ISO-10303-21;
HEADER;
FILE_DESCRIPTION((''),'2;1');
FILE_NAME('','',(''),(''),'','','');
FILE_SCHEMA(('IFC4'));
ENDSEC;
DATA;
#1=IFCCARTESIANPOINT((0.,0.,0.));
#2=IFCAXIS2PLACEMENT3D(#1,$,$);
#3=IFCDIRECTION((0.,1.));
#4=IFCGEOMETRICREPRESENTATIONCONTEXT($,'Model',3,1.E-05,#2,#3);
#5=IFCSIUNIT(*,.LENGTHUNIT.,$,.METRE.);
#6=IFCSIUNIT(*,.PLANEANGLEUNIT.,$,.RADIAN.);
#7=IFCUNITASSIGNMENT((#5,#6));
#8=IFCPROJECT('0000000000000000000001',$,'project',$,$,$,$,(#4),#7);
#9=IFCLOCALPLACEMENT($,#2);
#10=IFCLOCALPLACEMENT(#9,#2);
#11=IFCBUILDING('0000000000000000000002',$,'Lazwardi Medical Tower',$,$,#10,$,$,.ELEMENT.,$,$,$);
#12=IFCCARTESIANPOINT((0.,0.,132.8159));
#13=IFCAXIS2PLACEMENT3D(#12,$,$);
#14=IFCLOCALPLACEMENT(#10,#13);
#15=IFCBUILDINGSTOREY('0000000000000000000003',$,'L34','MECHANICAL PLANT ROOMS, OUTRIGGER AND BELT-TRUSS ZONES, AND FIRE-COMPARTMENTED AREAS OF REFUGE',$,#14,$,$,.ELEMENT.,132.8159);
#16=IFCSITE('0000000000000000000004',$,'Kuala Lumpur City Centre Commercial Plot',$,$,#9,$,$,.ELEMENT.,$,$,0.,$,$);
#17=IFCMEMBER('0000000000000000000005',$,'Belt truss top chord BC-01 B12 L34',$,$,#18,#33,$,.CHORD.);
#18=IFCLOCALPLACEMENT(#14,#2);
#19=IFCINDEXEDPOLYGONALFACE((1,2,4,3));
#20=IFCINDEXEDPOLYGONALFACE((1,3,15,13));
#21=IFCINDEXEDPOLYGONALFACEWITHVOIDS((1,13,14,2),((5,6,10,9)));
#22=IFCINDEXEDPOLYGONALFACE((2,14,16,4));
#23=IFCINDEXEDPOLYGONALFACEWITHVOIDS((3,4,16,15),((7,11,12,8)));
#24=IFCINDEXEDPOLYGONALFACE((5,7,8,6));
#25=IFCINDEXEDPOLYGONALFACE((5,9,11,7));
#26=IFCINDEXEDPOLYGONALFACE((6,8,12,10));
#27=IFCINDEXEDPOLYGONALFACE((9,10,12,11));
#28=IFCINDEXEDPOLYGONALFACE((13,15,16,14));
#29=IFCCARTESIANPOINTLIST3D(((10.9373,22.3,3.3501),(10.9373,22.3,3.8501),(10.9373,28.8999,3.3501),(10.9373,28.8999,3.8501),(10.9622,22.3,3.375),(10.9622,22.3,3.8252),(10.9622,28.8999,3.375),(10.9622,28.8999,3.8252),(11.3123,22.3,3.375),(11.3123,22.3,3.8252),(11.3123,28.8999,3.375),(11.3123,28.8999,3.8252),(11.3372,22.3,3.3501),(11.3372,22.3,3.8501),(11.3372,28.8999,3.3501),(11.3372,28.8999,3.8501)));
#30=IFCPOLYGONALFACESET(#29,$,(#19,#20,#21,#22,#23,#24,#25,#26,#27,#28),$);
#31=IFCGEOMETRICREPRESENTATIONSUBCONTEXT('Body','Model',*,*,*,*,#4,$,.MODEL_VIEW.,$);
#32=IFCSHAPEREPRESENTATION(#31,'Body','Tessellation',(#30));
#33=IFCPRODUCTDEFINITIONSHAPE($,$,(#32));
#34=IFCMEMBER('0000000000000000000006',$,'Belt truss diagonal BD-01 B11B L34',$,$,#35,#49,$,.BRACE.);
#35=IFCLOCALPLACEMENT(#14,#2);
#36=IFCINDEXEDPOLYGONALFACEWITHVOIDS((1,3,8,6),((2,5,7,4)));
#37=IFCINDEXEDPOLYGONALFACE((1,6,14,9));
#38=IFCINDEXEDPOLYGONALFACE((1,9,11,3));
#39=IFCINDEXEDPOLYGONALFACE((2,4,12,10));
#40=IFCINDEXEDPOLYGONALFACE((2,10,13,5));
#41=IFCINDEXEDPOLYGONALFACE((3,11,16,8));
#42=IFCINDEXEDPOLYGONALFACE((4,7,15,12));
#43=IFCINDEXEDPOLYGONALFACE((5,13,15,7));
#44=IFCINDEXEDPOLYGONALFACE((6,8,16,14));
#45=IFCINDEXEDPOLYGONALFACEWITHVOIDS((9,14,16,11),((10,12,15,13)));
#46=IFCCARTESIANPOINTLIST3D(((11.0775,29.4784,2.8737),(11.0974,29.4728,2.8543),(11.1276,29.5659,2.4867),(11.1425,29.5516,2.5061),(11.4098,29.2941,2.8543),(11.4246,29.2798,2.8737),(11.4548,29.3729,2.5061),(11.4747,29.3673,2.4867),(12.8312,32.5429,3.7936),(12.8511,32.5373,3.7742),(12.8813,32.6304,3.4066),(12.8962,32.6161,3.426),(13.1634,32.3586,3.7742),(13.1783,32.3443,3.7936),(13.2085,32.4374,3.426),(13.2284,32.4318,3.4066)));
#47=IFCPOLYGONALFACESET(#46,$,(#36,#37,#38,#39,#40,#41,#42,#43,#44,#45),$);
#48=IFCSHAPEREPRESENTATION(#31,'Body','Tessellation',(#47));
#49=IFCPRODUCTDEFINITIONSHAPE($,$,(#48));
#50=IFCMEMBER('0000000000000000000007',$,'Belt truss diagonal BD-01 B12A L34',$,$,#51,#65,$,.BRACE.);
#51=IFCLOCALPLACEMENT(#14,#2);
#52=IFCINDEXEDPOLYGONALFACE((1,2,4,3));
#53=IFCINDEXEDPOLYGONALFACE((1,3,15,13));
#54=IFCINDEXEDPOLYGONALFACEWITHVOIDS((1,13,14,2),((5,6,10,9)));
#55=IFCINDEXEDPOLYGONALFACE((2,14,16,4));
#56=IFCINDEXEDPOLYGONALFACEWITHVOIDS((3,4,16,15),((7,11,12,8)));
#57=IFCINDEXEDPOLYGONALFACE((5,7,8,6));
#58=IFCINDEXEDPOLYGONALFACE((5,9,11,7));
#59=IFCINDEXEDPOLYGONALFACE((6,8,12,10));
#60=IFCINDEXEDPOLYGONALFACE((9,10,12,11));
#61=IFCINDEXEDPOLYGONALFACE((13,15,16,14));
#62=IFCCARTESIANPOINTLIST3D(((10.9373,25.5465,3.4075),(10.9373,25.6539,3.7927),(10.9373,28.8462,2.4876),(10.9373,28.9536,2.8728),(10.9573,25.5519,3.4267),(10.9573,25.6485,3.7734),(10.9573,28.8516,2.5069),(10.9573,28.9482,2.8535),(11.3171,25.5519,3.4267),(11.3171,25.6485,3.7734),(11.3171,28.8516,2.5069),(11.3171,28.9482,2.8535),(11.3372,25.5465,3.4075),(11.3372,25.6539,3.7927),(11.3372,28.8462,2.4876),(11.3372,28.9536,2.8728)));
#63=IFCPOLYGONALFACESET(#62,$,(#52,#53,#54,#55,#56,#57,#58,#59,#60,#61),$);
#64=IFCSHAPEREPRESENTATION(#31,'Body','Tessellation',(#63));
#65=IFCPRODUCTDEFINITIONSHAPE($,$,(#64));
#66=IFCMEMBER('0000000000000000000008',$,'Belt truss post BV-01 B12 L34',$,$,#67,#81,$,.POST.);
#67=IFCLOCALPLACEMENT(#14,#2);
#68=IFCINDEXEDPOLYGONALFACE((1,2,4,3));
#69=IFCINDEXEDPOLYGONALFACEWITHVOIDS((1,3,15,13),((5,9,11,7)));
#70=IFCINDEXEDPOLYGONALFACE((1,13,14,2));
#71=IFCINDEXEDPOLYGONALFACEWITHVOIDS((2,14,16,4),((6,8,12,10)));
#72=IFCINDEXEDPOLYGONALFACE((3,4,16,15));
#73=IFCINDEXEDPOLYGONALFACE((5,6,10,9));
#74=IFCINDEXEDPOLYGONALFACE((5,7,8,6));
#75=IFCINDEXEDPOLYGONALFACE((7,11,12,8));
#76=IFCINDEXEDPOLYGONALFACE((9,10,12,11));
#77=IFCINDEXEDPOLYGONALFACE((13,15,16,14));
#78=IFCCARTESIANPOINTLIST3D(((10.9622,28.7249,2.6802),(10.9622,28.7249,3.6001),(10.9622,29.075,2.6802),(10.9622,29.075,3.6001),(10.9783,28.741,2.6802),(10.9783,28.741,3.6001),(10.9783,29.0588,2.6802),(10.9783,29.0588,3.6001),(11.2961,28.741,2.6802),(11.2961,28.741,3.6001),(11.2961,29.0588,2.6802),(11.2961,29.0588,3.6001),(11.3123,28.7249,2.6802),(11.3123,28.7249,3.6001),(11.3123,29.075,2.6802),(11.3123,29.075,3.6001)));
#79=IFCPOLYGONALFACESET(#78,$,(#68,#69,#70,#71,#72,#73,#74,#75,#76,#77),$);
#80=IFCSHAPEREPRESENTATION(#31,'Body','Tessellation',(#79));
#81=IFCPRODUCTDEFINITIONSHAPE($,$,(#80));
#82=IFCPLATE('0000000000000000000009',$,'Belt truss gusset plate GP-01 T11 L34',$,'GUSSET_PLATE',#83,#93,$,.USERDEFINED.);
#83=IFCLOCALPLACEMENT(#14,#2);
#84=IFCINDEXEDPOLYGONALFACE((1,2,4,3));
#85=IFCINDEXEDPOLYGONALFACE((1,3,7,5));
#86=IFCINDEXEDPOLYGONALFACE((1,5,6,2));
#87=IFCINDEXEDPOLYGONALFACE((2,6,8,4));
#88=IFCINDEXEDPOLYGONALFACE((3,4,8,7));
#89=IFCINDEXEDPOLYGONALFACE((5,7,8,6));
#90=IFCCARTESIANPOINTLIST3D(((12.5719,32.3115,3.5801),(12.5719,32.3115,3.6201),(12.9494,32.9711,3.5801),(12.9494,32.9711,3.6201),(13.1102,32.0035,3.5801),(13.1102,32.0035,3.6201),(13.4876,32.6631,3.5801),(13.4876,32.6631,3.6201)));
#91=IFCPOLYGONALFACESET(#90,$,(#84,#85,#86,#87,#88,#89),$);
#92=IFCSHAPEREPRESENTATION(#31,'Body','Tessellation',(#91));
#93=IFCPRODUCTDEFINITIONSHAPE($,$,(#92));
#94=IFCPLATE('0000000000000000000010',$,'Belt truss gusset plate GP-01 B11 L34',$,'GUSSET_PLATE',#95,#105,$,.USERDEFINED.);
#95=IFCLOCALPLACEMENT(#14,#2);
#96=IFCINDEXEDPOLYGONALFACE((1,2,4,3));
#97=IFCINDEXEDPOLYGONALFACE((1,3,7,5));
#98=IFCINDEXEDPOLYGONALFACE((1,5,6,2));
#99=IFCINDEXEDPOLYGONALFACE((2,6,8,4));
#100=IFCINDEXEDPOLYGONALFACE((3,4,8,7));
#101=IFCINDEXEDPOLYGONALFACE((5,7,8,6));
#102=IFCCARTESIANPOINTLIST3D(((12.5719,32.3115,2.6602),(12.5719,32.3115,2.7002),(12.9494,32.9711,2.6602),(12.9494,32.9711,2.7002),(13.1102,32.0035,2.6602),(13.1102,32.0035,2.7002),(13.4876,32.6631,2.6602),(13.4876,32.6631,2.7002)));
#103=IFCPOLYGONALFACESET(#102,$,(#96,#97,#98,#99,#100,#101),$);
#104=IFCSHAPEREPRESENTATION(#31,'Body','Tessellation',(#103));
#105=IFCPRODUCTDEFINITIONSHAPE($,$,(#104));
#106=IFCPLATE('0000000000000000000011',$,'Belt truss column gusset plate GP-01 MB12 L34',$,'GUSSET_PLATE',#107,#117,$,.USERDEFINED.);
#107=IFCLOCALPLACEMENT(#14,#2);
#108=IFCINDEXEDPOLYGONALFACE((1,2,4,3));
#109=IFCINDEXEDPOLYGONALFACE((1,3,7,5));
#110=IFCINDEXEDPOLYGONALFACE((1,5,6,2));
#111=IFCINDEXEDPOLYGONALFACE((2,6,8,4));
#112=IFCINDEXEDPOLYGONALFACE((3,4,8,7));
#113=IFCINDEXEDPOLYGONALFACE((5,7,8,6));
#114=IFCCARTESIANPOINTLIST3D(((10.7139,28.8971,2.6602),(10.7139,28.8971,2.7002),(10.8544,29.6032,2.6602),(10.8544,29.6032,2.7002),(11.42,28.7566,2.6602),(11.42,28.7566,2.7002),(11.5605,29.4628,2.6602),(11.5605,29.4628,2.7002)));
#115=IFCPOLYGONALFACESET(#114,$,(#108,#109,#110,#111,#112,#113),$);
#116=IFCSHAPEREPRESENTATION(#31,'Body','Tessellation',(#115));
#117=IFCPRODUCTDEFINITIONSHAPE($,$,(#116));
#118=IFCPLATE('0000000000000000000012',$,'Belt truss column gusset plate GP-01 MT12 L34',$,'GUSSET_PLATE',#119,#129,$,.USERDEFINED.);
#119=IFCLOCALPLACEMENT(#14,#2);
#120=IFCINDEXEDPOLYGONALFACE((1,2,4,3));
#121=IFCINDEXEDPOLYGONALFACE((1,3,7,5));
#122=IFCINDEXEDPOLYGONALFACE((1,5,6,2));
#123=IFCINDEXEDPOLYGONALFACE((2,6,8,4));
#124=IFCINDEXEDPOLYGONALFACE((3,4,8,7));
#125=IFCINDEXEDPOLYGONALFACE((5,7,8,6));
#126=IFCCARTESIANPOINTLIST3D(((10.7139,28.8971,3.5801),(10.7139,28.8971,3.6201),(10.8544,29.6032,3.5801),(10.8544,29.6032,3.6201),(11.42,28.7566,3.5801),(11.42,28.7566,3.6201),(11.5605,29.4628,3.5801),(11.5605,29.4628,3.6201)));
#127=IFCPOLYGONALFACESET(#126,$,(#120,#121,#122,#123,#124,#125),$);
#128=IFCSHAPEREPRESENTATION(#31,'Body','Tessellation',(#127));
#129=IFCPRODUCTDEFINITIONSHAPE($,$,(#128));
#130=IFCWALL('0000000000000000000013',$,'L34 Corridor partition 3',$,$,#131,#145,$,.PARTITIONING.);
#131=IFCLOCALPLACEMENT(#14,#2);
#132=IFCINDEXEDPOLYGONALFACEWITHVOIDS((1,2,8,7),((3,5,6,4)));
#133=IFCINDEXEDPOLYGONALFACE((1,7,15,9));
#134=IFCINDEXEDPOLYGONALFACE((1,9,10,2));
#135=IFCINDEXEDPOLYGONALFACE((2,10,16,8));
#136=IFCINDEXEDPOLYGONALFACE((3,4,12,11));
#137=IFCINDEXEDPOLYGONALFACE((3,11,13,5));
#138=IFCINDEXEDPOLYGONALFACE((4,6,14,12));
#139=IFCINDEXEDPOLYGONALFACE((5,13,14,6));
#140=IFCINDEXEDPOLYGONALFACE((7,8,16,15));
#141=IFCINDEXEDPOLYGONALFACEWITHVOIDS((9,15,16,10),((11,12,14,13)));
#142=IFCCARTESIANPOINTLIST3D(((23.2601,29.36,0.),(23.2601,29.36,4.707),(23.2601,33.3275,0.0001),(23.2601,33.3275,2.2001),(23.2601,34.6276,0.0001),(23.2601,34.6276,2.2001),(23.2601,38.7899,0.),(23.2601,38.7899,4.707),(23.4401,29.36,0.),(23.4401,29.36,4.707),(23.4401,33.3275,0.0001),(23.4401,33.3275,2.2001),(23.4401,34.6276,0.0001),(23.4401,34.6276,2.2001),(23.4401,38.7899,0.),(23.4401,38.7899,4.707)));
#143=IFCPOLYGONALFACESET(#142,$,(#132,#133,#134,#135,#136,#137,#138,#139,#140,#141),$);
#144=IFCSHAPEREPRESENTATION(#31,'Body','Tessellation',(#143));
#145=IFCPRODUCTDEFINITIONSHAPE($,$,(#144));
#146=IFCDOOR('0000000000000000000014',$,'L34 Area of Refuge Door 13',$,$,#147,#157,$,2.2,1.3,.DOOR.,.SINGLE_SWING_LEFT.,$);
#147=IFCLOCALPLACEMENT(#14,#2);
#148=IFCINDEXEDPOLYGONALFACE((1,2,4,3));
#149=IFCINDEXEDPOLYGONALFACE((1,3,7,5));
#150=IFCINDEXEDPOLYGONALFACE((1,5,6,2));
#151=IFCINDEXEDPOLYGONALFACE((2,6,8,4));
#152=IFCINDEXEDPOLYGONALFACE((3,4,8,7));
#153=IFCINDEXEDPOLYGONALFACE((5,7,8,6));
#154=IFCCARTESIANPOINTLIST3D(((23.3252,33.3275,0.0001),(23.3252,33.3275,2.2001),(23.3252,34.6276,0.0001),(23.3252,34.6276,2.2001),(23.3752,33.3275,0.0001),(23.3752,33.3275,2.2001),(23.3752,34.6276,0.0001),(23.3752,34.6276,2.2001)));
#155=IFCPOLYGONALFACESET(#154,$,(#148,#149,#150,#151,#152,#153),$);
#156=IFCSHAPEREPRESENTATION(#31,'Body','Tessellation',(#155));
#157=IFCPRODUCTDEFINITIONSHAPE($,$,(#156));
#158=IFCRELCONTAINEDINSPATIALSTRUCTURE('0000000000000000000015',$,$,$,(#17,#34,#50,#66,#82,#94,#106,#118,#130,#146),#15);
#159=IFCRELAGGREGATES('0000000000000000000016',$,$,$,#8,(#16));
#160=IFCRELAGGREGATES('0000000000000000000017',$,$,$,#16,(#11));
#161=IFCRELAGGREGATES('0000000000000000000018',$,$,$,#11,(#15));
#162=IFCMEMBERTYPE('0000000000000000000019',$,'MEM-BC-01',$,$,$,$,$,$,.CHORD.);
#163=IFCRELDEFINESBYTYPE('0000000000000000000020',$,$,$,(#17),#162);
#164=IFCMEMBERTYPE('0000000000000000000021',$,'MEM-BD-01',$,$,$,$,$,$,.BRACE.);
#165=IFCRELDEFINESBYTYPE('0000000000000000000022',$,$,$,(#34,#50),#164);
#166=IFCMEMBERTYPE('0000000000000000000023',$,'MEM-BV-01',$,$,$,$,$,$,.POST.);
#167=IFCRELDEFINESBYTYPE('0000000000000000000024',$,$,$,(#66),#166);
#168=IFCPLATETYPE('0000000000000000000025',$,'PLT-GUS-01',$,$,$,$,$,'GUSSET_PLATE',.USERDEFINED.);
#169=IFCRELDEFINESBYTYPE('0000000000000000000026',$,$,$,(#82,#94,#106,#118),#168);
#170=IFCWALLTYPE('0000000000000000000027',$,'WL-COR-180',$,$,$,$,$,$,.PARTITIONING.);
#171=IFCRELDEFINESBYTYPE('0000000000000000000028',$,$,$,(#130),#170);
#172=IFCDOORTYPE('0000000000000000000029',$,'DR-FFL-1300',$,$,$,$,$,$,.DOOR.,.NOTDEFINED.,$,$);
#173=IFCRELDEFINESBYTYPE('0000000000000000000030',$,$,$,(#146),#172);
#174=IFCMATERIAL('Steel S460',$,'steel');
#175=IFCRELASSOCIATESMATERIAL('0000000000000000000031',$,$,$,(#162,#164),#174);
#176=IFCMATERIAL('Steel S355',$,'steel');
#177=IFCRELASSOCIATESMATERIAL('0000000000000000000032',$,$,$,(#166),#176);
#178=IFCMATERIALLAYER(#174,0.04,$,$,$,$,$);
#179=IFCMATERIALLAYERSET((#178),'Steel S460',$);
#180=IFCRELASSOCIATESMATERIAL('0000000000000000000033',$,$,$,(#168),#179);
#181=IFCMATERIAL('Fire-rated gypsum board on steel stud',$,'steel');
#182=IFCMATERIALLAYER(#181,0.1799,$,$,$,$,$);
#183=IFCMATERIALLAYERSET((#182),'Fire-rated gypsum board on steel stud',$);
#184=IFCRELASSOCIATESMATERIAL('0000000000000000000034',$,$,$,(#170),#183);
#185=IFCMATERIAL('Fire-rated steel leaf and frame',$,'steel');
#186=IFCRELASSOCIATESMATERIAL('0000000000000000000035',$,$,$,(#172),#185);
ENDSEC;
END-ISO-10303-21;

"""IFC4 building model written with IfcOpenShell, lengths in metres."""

from ifc_helpers import new_model, si_unit, direction, frame, frame_2d, origin, origin_2d, place, context, subcontext, project, spatial, rectangle, hollow_rectangle, extrude, material, layer, layer_set, material_profile, profile_set, type_object, element, fill, save


model = new_model("IFC4")

# Units and contexts
model_context = context("Model", 3, precision=1e-05, world=origin(), true_north=direction((0.0, 1.0)))
body_context = subcontext(model_context, "Body", "Model", "MODEL_VIEW")
ifc_project = project(units=[si_unit("LENGTHUNIT", "METRE"), si_unit("PLANEANGLEUNIT", "RADIAN")], contexts=[model_context])

# Site, building, storey
site_placement = place(None, origin())
site = spatial("IfcSite", under=ifc_project, at=site_placement, Name="Kuala Lumpur City Centre Commercial Plot", CompositionType="ELEMENT", RefElevation=0.0)
building_placement = place(site_placement, origin())
building = spatial("IfcBuilding", under=site, at=building_placement, Name="Lazwardi Medical Tower", CompositionType="ELEMENT")
storey_placement = place(building_placement, frame((0.0, 0.0, 132.8159)))
storey = spatial("IfcBuildingStorey", under=building, at=storey_placement, Name="L34", Description="MECHANICAL PLANT ROOMS, OUTRIGGER AND BELT-TRUSS ZONES, AND FIRE-COMPARTMENTED AREAS OF REFUGE", CompositionType="ELEMENT", Elevation=132.8159)

# Shared definitions
ifc_material_1 = material(Name="Steel S460", Category="steel")
ifc_material_2 = material(Name="Steel S355", Category="steel")

# Members
ifc_material_profile_1 = material_profile(ifc_material_1, hollow_rectangle(XDim=0.3999, YDim=0.5, WallThickness=0.0249, at=origin_2d()), Name="RHS 500x400x25")
ifc_profile_set_1 = profile_set([ifc_material_profile_1], Name="Steel S460")
member_type_1 = type_object("IfcMemberType", Name="MEM-BC-01", PredefinedType="CHORD", material=ifc_profile_set_1)
for number, where, z_axis, x_axis, name in (
    (1, (11.1372, 28.8999, 3.6001), (0.0, -1.0, 0.0), (1.0, 0.0, 0.0), "Belt truss top chord BC-01 B12 L34"),
):
    element("IfcMember", number, at=place(storey_placement, frame(where, z_axis=z_axis, x_axis=x_axis)), inside=storey, type_object=member_type_1, Name=name, PredefinedType="CHORD", context=body_context, shape_type="SweptSolid", body=[
        extrude(hollow_rectangle(XDim=0.3999, YDim=0.5, WallThickness=0.0249, at=origin_2d()), origin(), (0.0, 0.0, 1.0), 6.5999),
    ])
ifc_material_profile_2 = material_profile(ifc_material_1, hollow_rectangle(XDim=0.3999, YDim=0.3999, WallThickness=0.02, at=origin_2d()), Name="RHS 400x400x20")
ifc_profile_set_2 = profile_set([ifc_material_profile_2], Name="Steel S460")
member_type_2 = type_object("IfcMemberType", Name="MEM-BD-01", PredefinedType="BRACE", material=ifc_profile_set_2)
member_1_placement = place(storey_placement, frame((11.2761, 29.4229, 2.6802), z_axis=(0.480637, 0.839893, 0.252128), x_axis=(-0.867932, 0.496682, 0.0)))
element("IfcMember", 2, at=member_1_placement, inside=storey, type_object=member_type_2, Name="Belt truss diagonal BD-01 B11B L34", PredefinedType="BRACE", context=body_context, shape_type="SweptSolid", body=[
    extrude(hollow_rectangle(XDim=0.3999, YDim=0.3999, WallThickness=0.02, at=origin_2d()), origin(), (0.0, 0.0, 1.0), 3.6487),
])
member_2_placement = place(storey_placement, frame((11.1372, 28.8999, 2.6802), z_axis=(0.0, -0.963268, 0.268541), x_axis=(1.0, 0.0, 0.0)))
element("IfcMember", 3, at=member_2_placement, inside=storey, type_object=member_type_2, Name="Belt truss diagonal BD-01 B12A L34", PredefinedType="BRACE", context=body_context, shape_type="SweptSolid", body=[
    extrude(hollow_rectangle(XDim=0.3999, YDim=0.3999, WallThickness=0.02, at=origin_2d()), origin(), (0.0, 0.0, 1.0), 3.4255),
])
ifc_material_profile_3 = material_profile(ifc_material_2, hollow_rectangle(XDim=0.3501, YDim=0.3501, WallThickness=0.0161, at=origin_2d()), Name="RHS 350x350x16")
ifc_profile_set_3 = profile_set([ifc_material_profile_3], Name="Steel S355")
member_type_3 = type_object("IfcMemberType", Name="MEM-BV-01", PredefinedType="POST", material=ifc_profile_set_3)
member_3_placement = place(storey_placement, frame((11.1372, 28.8999, 2.6802), z_axis=(0.0, 0.0, 1.0), x_axis=(1.0, 0.0, 0.0)))
element("IfcMember", 4, at=member_3_placement, inside=storey, type_object=member_type_3, Name="Belt truss post BV-01 B12 L34", PredefinedType="POST", context=body_context, shape_type="SweptSolid", body=[
    extrude(hollow_rectangle(XDim=0.3501, YDim=0.3501, WallThickness=0.0161, at=origin_2d()), origin(), (0.0, 0.0, 1.0), 0.9199),
])

# Plates
ifc_layer_1 = layer(ifc_material_1, 0.04)
ifc_layer_set_1 = layer_set([ifc_layer_1], Name="Steel S460")
plate_type = type_object("IfcPlateType", Name="PLT-GUS-01", ElementType="GUSSET_PLATE", PredefinedType="USERDEFINED", material=ifc_layer_set_1)
for number, where, z_axis, x_axis, name in (
    (5, (13.0298, 32.4873, 3.5801), (0.0, 0.0, 1.0), (-0.496671, -0.867939, 0.0), "Belt truss gusset plate GP-01 T11 L34"),
    (6, (13.0298, 32.4873, 2.6602), (0.0, 0.0, 1.0), (-0.496671, -0.867939, 0.0), "Belt truss gusset plate GP-01 B11 L34"),
):
    element("IfcPlate", number, at=place(storey_placement, frame(where, z_axis=z_axis, x_axis=x_axis)), inside=storey, type_object=plate_type, Name=name, ObjectType="GUSSET_PLATE", PredefinedType="USERDEFINED", context=body_context, shape_type="SweptSolid", body=[
        extrude(rectangle(XDim=0.76, YDim=0.6201, at=origin_2d()), origin(), (0.0, 0.0, 1.0), 0.04),
    ])
for number, where, z_axis, x_axis, name in (
    (7, (11.1372, 29.1799, 2.6602), (0.0, 0.0, 1.0), (-0.980785, 0.19509, 0.0), "Belt truss column gusset plate GP-01 MB12 L34"),
    (8, (11.1372, 29.1799, 3.5801), (0.0, 0.0, 1.0), (-0.980785, 0.19509, 0.0), "Belt truss column gusset plate GP-01 MT12 L34"),
):
    element("IfcPlate", number, at=place(storey_placement, frame(where, z_axis=z_axis, x_axis=x_axis)), inside=storey, type_object=plate_type, Name=name, ObjectType="GUSSET_PLATE", PredefinedType="USERDEFINED", context=body_context, shape_type="SweptSolid", body=[
        extrude(rectangle(XDim=0.72, YDim=0.72, at=origin_2d()), origin(), (0.0, 0.0, 1.0), 0.04),
    ])

# Shared definitions
ifc_material_3 = material(Name="Fire-rated gypsum board on steel stud", Category="steel")
ifc_layer_2 = layer(ifc_material_3, 0.1799)
ifc_layer_set_2 = layer_set([ifc_layer_2], Name="Fire-rated gypsum board on steel stud")
wall_type_1 = type_object("IfcWallType", Name="WL-COR-180", PredefinedType="PARTITIONING", material=ifc_layer_set_2)

# Wall, opening, door
wall_1_placement = place(storey_placement, frame((23.3501, 29.3601, 0.0), z_axis=(0.0, 0.0, 1.0), x_axis=(0.0, 1.0, 0.0)))
wall_1 = element("IfcWall", 9, at=wall_1_placement, inside=storey, type_object=wall_type_1, Name="L34 Corridor partition 3", PredefinedType="PARTITIONING", context=body_context, shape_type="SweptSolid", body=[
    extrude(rectangle(XDim=9.4299, YDim=0.1799, at=frame_2d((4.7148, 0.0))), origin(), (0.0, 0.0, 1.0), 4.707),
])
opening_1_placement = place(wall_1_placement, frame((3.9675, 0.0, 0.0)))
opening_1 = element("IfcOpeningElement", 10, at=opening_1_placement, cuts=wall_1, PredefinedType="OPENING", context=body_context, shape_type="SweptSolid", body=[
    extrude(rectangle(XDim=1.3, YDim=2.2, at=frame_2d((0.6499, 1.1001))), frame((0.0, 0.0999, 0.0), z_axis=(0.0, -1.0, 0.0), x_axis=(1.0, 0.0, 0.0)), (0.0, 0.0, 1.0), 0.2),
])
ifc_material_4 = material(Name="Fire-rated steel leaf and frame", Category="steel")
door_type = type_object("IfcDoorType", Name="DR-FFL-1300", OperationType="NOTDEFINED", PredefinedType="DOOR", material=ifc_material_4)
door_1_placement = place(opening_1_placement, origin())
door_1 = element("IfcDoor", 11, at=door_1_placement, inside=storey, type_object=door_type, Name="L34 Area of Refuge Door 13", OperationType="SINGLE_SWING_LEFT", OverallHeight=2.2, OverallWidth=1.3, PredefinedType="DOOR", context=body_context, shape_type="SweptSolid", body=[
    extrude(rectangle(XDim=1.3, YDim=2.2, at=frame_2d((0.6499, 1.1001))), frame((0.0, 0.0249, 0.0), z_axis=(0.0, -1.0, 0.0), x_axis=(1.0, 0.0, 0.0)), (0.0, 0.0, 1.0), 0.05),
])
fill(opening_1, door_1)

save(model, "model.ifc")
